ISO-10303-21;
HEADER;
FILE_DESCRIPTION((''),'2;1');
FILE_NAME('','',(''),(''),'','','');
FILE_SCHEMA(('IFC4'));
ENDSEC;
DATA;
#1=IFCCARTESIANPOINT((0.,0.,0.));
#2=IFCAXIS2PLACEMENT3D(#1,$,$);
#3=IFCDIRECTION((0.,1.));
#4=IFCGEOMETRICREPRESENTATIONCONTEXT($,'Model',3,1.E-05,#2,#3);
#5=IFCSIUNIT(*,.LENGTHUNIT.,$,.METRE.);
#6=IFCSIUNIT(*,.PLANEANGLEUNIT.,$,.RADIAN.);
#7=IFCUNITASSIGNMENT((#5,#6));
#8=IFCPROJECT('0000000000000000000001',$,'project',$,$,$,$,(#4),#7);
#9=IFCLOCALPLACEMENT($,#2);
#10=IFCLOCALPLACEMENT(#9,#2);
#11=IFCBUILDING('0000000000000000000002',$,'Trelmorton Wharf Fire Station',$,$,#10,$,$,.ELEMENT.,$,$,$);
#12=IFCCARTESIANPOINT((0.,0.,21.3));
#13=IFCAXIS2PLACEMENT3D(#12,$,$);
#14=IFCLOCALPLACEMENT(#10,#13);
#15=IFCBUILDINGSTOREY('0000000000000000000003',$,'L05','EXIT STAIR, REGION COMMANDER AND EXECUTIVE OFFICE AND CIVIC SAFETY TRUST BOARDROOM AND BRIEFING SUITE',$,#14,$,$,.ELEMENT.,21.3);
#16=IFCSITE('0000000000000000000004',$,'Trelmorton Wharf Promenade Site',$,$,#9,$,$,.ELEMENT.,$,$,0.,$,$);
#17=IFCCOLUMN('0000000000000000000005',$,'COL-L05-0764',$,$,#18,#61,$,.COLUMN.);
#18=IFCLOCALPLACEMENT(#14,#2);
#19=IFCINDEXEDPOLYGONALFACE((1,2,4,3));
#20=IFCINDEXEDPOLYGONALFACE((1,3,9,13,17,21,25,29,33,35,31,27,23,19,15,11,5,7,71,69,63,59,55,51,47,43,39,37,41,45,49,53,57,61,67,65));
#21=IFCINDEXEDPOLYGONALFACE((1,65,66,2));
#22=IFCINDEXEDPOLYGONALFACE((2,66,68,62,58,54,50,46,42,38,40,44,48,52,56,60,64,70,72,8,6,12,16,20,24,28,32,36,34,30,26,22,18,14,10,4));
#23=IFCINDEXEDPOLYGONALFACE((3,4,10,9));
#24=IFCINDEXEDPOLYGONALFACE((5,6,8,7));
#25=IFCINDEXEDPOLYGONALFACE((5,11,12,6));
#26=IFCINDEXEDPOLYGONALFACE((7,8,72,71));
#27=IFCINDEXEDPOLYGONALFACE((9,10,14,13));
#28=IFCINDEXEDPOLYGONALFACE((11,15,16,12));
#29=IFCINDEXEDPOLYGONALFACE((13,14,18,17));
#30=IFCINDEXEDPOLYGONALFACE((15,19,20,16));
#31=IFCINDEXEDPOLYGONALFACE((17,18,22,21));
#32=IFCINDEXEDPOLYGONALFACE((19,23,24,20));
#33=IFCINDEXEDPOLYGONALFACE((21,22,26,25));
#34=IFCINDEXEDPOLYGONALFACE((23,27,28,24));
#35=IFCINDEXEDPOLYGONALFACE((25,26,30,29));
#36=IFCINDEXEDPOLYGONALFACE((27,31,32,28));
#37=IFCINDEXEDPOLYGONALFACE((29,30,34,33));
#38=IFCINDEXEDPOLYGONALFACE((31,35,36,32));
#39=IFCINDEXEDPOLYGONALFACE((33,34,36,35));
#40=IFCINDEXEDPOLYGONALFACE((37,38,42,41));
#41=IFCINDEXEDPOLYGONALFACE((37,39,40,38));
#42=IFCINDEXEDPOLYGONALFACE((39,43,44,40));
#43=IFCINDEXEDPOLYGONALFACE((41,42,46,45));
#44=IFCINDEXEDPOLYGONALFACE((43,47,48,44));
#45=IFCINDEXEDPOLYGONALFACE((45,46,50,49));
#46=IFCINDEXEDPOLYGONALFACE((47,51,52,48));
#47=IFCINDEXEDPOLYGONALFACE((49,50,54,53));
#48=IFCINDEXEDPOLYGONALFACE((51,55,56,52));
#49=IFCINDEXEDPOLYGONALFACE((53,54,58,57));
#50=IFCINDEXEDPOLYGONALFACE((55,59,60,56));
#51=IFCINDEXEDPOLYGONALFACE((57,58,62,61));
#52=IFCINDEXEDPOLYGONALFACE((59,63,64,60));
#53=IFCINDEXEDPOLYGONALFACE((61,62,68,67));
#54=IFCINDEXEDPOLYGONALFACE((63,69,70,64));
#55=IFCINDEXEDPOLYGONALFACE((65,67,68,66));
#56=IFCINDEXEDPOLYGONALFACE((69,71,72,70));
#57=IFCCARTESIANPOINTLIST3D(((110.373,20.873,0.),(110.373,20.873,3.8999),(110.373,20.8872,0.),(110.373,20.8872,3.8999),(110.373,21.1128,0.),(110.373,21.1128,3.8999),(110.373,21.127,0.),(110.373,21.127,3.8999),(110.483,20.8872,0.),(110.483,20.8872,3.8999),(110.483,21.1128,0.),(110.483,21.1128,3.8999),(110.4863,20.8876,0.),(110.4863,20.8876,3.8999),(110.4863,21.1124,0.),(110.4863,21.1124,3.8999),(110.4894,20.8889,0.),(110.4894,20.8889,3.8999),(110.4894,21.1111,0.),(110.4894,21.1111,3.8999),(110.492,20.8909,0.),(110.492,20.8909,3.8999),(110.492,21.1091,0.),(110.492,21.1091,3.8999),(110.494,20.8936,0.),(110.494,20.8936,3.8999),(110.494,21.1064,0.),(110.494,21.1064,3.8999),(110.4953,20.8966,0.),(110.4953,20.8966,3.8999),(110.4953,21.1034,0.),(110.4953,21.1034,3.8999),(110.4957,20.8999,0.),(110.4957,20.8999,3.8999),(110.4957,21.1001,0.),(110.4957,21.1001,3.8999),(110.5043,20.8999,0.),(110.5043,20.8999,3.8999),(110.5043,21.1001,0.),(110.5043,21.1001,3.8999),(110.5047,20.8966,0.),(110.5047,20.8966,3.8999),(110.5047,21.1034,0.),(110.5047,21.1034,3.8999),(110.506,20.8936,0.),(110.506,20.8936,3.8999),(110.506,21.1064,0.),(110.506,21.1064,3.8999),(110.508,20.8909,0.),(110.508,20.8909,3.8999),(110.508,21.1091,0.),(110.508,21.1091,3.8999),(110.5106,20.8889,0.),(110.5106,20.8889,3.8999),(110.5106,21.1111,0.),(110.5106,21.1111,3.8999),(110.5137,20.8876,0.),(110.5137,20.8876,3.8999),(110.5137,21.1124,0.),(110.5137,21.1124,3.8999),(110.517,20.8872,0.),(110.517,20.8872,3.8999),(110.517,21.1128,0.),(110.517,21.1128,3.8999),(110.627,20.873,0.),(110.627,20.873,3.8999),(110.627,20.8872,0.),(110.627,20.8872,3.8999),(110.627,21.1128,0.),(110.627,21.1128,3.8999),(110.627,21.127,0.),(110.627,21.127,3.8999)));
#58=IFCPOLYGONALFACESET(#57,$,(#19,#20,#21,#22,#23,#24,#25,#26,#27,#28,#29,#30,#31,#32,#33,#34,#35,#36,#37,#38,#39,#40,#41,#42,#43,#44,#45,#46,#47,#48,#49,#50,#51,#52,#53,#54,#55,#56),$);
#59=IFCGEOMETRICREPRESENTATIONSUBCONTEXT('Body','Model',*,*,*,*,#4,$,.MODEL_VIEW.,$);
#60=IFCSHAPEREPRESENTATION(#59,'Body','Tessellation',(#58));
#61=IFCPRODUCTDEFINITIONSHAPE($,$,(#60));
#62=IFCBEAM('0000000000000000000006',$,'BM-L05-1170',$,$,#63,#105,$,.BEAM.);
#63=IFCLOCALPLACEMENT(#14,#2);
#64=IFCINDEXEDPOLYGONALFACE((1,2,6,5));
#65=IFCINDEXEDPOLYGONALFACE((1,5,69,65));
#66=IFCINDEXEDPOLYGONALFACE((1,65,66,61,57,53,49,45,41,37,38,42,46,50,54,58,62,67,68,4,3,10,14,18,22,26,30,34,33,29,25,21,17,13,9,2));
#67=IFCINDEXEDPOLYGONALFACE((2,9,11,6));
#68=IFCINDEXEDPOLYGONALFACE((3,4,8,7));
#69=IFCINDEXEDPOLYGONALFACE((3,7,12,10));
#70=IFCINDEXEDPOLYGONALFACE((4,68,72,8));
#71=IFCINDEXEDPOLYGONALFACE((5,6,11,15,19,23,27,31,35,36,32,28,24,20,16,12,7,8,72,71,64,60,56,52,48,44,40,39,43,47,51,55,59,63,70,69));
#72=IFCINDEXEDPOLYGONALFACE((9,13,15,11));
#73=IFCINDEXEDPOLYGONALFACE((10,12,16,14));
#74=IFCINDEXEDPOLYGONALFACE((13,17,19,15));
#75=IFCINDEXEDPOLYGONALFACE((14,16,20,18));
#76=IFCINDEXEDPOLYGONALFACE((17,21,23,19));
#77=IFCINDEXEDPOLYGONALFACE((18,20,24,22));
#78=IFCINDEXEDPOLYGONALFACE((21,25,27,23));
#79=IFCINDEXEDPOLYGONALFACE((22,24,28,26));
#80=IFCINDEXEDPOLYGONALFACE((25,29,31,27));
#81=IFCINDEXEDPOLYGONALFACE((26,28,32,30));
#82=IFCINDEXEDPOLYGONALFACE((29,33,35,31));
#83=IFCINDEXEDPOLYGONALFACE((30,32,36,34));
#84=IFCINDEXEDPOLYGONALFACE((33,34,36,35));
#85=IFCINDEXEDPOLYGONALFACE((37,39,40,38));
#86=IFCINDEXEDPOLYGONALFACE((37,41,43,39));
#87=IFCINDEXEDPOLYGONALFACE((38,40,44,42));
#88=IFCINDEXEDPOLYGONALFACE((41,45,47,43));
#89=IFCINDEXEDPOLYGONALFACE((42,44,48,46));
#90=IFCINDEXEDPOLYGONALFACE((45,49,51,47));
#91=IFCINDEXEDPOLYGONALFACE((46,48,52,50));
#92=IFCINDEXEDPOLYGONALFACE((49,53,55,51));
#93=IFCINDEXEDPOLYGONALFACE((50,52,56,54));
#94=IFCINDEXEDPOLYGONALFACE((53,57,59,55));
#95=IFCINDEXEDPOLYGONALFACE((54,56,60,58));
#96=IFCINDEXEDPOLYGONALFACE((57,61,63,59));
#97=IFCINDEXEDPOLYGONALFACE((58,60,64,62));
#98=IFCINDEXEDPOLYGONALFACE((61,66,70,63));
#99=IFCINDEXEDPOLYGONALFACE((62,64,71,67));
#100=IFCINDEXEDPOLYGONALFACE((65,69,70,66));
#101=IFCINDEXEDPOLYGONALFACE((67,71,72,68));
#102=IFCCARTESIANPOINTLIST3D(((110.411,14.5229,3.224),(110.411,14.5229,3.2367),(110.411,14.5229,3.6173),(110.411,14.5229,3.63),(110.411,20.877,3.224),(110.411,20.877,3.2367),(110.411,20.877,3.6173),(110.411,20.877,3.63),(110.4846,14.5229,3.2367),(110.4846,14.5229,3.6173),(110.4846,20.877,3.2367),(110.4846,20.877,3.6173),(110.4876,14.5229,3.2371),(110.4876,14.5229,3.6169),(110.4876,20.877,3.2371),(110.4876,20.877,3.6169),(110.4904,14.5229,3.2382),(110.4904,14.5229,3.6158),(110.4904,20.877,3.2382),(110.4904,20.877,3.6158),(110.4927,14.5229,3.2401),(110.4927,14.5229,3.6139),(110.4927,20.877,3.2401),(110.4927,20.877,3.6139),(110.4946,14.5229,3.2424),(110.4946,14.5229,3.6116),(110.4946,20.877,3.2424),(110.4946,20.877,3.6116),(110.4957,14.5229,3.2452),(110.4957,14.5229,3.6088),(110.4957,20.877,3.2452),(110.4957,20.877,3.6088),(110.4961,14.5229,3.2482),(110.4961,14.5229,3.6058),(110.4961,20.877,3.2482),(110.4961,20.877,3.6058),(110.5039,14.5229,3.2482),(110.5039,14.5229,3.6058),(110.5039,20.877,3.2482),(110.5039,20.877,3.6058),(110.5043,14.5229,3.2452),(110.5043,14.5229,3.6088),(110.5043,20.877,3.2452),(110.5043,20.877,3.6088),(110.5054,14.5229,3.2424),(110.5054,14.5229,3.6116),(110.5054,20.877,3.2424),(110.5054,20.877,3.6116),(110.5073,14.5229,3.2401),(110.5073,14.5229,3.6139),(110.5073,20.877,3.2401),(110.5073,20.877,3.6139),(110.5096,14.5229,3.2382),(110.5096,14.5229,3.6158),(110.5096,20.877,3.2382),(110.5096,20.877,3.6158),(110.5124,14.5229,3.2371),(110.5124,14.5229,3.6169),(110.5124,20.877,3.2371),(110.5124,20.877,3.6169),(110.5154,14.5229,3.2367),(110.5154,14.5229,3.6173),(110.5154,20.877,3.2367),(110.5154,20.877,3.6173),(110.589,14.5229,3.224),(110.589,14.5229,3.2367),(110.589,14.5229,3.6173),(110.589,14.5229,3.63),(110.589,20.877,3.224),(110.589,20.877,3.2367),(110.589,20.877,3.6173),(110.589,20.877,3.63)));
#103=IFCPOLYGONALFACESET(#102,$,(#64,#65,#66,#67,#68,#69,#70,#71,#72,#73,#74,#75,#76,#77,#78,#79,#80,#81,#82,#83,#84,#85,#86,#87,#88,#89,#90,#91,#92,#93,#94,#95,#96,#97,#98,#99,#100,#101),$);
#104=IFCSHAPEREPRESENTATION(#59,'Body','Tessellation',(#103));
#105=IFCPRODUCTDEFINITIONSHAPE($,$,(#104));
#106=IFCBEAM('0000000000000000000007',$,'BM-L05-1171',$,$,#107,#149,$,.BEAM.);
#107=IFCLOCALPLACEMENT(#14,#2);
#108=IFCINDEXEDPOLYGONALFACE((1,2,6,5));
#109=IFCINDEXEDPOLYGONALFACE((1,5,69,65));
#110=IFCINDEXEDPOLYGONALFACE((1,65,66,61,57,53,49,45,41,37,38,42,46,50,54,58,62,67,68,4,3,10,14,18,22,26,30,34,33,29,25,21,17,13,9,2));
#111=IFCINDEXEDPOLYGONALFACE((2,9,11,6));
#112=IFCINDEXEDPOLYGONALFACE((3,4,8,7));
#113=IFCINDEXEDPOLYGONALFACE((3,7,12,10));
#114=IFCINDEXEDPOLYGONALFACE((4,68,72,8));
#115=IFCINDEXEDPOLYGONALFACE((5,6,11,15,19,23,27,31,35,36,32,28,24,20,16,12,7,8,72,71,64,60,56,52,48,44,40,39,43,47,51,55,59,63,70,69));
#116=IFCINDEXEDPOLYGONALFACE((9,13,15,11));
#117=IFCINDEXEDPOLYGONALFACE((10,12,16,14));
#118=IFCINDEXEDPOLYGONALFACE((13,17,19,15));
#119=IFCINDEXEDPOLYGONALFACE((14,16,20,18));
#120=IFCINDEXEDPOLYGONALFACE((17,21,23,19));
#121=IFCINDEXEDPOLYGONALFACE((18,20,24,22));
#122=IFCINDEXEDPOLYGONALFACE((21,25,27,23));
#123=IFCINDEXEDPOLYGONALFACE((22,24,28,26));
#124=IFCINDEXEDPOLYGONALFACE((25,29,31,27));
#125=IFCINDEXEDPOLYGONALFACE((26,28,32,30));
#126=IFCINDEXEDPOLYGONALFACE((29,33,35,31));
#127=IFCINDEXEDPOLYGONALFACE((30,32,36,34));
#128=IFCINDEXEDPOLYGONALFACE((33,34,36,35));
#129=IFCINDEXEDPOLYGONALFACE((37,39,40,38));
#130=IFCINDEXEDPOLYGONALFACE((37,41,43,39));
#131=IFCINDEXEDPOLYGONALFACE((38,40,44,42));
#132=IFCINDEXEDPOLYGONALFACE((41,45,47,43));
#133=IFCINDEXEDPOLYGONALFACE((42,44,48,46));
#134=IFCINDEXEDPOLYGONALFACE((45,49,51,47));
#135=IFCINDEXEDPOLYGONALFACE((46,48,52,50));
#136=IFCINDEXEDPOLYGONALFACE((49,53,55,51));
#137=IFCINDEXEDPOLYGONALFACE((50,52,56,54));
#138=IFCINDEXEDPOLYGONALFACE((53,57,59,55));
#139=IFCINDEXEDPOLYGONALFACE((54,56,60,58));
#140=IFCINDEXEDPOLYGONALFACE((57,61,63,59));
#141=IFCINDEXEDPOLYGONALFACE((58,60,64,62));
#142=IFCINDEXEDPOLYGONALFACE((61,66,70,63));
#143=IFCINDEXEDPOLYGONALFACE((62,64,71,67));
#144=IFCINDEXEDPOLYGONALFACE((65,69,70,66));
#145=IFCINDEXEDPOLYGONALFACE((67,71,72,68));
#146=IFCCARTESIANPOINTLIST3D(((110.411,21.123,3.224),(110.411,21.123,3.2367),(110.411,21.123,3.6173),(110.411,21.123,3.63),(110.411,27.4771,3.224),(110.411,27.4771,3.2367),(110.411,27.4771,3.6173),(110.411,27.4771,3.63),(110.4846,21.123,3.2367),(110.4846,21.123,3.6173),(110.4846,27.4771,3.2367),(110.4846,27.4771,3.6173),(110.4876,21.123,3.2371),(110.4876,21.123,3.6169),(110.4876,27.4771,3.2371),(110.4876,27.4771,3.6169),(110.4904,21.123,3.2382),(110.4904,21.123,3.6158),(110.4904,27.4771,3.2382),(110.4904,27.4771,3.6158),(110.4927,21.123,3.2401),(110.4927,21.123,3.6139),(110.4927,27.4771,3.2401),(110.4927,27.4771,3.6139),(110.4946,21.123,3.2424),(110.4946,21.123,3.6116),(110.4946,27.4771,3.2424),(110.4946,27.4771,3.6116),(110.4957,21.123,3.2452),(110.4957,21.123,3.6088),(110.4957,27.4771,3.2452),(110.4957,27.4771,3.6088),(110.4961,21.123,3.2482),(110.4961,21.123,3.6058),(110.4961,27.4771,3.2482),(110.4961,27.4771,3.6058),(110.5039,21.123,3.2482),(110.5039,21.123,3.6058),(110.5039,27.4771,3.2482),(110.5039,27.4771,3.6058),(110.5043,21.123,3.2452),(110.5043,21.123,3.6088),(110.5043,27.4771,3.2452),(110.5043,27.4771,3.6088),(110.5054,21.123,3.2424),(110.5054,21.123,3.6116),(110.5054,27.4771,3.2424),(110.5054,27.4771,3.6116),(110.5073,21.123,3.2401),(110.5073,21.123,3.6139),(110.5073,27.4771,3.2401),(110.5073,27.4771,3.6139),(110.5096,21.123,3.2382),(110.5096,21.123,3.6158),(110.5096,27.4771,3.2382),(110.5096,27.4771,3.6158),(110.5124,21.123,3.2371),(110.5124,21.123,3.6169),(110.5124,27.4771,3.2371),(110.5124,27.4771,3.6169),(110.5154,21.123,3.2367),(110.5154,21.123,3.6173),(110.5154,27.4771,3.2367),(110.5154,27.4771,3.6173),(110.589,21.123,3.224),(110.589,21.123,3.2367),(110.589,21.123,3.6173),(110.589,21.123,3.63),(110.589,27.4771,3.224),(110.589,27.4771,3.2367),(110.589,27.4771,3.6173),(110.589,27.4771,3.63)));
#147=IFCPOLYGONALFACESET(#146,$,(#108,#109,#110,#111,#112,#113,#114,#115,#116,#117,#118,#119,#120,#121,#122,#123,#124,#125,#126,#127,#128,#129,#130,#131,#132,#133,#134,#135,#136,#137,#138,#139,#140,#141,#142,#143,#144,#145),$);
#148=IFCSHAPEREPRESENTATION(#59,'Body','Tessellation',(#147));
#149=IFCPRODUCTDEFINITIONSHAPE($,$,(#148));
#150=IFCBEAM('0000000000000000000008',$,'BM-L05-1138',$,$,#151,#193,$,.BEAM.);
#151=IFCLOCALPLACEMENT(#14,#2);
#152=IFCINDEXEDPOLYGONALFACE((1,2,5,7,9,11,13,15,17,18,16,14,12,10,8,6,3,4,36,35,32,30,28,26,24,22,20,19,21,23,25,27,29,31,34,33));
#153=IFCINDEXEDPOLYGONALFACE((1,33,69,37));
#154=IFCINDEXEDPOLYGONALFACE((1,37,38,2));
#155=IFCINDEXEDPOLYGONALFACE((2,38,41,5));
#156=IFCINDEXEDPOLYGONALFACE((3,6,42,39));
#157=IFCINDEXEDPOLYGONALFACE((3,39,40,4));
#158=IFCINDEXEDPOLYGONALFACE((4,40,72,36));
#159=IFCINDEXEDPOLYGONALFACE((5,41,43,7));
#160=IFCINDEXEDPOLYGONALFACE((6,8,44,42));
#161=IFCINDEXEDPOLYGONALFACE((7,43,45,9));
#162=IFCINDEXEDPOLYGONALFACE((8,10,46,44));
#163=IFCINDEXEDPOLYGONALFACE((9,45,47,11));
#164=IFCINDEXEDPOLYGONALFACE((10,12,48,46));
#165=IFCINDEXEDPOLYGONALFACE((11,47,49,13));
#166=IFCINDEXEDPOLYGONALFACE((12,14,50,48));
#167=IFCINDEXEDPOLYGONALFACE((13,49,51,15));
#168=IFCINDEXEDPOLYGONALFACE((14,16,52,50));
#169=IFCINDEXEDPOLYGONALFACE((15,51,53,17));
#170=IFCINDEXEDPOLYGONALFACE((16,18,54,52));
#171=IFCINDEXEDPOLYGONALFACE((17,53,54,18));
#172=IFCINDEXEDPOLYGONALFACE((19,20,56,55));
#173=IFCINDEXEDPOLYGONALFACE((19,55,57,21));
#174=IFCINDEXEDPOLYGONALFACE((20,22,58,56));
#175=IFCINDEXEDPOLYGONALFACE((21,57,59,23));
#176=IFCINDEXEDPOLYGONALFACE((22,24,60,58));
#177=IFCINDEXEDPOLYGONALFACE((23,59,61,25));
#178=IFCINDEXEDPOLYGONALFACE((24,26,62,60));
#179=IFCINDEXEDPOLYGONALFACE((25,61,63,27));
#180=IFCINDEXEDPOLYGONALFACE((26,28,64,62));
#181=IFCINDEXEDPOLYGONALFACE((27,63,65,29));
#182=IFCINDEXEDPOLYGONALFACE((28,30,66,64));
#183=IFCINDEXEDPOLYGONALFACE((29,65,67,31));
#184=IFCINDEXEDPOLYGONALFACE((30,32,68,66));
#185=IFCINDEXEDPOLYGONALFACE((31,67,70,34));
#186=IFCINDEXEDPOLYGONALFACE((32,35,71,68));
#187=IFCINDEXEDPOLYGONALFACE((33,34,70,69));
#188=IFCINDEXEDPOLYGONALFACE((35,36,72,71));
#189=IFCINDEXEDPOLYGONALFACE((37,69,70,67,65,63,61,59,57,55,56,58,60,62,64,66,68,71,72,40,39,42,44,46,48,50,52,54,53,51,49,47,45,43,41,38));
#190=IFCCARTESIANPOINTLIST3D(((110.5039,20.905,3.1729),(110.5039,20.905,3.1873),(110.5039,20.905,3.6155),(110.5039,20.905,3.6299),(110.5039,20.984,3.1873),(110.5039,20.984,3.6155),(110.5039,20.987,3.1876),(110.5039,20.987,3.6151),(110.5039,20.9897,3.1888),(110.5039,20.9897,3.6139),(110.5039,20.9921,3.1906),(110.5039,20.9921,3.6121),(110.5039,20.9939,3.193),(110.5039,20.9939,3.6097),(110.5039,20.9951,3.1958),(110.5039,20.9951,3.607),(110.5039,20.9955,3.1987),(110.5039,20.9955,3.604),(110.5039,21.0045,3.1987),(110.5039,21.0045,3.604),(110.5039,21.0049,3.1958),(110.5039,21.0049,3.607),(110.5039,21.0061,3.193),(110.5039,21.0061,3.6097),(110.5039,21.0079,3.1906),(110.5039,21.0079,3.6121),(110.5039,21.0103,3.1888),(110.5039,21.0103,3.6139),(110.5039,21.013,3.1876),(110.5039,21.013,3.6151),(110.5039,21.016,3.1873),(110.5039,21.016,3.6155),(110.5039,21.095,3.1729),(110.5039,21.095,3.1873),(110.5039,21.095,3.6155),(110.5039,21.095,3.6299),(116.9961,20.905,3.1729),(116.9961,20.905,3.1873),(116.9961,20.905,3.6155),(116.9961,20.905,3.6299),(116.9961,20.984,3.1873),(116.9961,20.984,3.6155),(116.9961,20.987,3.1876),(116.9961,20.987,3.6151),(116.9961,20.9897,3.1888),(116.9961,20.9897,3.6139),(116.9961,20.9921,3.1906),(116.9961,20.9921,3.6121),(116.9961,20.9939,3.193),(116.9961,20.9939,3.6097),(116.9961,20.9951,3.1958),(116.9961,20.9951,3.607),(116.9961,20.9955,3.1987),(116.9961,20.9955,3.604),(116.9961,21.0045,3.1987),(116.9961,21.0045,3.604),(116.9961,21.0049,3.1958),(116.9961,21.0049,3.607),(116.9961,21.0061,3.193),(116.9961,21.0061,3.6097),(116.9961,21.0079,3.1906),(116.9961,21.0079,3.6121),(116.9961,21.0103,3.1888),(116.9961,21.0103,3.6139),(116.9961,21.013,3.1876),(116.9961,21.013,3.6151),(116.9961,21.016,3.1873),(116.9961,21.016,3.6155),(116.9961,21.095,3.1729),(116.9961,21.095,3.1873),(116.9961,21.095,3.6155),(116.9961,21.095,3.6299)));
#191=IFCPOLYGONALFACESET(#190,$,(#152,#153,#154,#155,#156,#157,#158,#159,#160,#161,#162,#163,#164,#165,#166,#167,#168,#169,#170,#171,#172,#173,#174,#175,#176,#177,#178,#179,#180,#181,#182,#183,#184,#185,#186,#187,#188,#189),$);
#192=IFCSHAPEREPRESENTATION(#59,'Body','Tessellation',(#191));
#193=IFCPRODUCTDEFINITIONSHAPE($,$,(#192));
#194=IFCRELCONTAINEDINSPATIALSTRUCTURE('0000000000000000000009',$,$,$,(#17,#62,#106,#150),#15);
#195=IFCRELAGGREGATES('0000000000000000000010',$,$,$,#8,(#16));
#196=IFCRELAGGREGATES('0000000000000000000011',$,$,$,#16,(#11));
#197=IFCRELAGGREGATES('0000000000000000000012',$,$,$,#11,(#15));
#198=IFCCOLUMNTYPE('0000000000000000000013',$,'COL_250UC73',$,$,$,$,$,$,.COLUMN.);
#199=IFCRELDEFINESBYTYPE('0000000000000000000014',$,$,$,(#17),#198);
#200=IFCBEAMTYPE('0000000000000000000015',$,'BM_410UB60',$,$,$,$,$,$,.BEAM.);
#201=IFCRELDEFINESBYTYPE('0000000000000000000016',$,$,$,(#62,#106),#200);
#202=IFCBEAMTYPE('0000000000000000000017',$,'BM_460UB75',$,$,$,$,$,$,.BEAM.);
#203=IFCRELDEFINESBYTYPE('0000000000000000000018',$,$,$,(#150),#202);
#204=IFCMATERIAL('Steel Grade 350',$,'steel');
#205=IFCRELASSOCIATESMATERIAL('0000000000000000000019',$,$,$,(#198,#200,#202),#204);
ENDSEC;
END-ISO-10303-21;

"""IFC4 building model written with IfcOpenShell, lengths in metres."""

from ifc_helpers import new_model, si_unit, direction, frame, origin, origin_2d, place, context, subcontext, project, spatial, i_section, extrude, material, material_profile, profile_set, type_object, element, save


model = new_model("IFC4")

# Units and contexts
model_context = context("Model", 3, precision=1e-05, world=origin(), true_north=direction((0.0, 1.0)))
body_context = subcontext(model_context, "Body", "Model", "MODEL_VIEW")
ifc_project = project(units=[si_unit("LENGTHUNIT", "METRE"), si_unit("PLANEANGLEUNIT", "RADIAN")], contexts=[model_context])

# Site, building, storey
site_placement = place(None, origin())
site = spatial("IfcSite", under=ifc_project, at=site_placement, Name="Trelmorton Wharf Promenade Site", CompositionType="ELEMENT", RefElevation=0.0)
building_placement = place(site_placement, origin())
building = spatial("IfcBuilding", under=site, at=building_placement, Name="Trelmorton Wharf Fire Station", CompositionType="ELEMENT")
storey_placement = place(building_placement, frame((0.0, 0.0, 21.3)))
storey = spatial("IfcBuildingStorey", under=building, at=storey_placement, Name="L05", Description="EXIT STAIR, REGION COMMANDER AND EXECUTIVE OFFICE AND CIVIC SAFETY TRUST BOARDROOM AND BRIEFING SUITE", CompositionType="ELEMENT", Elevation=21.3)

# Column
ifc_material_1 = material(Name="Steel Grade 350", Category="steel")
ifc_material_profile_1 = material_profile(ifc_material_1, i_section(OverallWidth=0.2539, OverallDepth=0.2539, WebThickness=0.0085, FlangeThickness=0.0142, FilletRadius=0.0127, at=origin_2d()), Name="250UC72.9")
ifc_profile_set_1 = profile_set([ifc_material_profile_1], Name="Steel Grade 350")
column_type = type_object("IfcColumnType", Name="COL_250UC73", PredefinedType="COLUMN", material=ifc_profile_set_1)
column_placement = place(storey_placement, frame((110.5, 21.0, 0.0), z_axis=(0.0, 0.0, 1.0), x_axis=(1.0, 0.0, 0.0)))
element("IfcColumn", 1, at=column_placement, inside=storey, type_object=column_type, Name="COL-L05-0764", PredefinedType="COLUMN", context=body_context, shape_type="SweptSolid", body=[
    extrude(i_section(OverallWidth=0.2539, OverallDepth=0.2539, WebThickness=0.0085, FlangeThickness=0.0142, FilletRadius=0.0127, at=origin_2d()), origin(), (0.0, 0.0, 1.0), 3.8999),
])

# Beams
ifc_material_profile_2 = material_profile(ifc_material_1, i_section(OverallWidth=0.178, OverallDepth=0.406, WebThickness=0.0078, FlangeThickness=0.0127, FilletRadius=0.0115, at=origin_2d()), Name="410UB59.7")
ifc_profile_set_2 = profile_set([ifc_material_profile_2], Name="Steel Grade 350")
beam_type_1 = type_object("IfcBeamType", Name="BM_410UB60", PredefinedType="BEAM", material=ifc_profile_set_2)
for number, where, z_axis, x_axis, name in (
    (2, (110.5, 14.5229, 3.427), (0.0, 1.0, 0.0), (-1.0, 0.0, 0.0), "BM-L05-1170"),
    (3, (110.5, 21.123, 3.427), (0.0, 1.0, 0.0), (-1.0, 0.0, 0.0), "BM-L05-1171"),
):
    element("IfcBeam", number, at=place(storey_placement, frame(where, z_axis=z_axis, x_axis=x_axis)), inside=storey, type_object=beam_type_1, Name=name, PredefinedType="BEAM", context=body_context, shape_type="SweptSolid", body=[
        extrude(i_section(OverallWidth=0.178, OverallDepth=0.406, WebThickness=0.0078, FlangeThickness=0.0127, FilletRadius=0.0115, at=origin_2d()), origin(), (0.0, 0.0, 1.0), 6.354),
    ])
ifc_material_profile_3 = material_profile(ifc_material_1, i_section(OverallWidth=0.1899, OverallDepth=0.457, WebThickness=0.009, FlangeThickness=0.0144, FilletRadius=0.0115, at=origin_2d()), Name="460UB74.6")
ifc_profile_set_3 = profile_set([ifc_material_profile_3], Name="Steel Grade 350")
beam_type_2 = type_object("IfcBeamType", Name="BM_460UB75", PredefinedType="BEAM", material=ifc_profile_set_3)
beam_placement = place(storey_placement, frame((110.5039, 21.0, 3.4014), z_axis=(1.0, 0.0, 0.0), x_axis=(0.0, 1.0, 0.0)))
element("IfcBeam", 4, at=beam_placement, inside=storey, type_object=beam_type_2, Name="BM-L05-1138", PredefinedType="BEAM", context=body_context, shape_type="SweptSolid", body=[
    extrude(i_section(OverallWidth=0.1899, OverallDepth=0.457, WebThickness=0.009, FlangeThickness=0.0144, FilletRadius=0.0115, at=origin_2d()), origin(), (0.0, 0.0, 1.0), 6.4922),
])

save(model, "model.ifc")
